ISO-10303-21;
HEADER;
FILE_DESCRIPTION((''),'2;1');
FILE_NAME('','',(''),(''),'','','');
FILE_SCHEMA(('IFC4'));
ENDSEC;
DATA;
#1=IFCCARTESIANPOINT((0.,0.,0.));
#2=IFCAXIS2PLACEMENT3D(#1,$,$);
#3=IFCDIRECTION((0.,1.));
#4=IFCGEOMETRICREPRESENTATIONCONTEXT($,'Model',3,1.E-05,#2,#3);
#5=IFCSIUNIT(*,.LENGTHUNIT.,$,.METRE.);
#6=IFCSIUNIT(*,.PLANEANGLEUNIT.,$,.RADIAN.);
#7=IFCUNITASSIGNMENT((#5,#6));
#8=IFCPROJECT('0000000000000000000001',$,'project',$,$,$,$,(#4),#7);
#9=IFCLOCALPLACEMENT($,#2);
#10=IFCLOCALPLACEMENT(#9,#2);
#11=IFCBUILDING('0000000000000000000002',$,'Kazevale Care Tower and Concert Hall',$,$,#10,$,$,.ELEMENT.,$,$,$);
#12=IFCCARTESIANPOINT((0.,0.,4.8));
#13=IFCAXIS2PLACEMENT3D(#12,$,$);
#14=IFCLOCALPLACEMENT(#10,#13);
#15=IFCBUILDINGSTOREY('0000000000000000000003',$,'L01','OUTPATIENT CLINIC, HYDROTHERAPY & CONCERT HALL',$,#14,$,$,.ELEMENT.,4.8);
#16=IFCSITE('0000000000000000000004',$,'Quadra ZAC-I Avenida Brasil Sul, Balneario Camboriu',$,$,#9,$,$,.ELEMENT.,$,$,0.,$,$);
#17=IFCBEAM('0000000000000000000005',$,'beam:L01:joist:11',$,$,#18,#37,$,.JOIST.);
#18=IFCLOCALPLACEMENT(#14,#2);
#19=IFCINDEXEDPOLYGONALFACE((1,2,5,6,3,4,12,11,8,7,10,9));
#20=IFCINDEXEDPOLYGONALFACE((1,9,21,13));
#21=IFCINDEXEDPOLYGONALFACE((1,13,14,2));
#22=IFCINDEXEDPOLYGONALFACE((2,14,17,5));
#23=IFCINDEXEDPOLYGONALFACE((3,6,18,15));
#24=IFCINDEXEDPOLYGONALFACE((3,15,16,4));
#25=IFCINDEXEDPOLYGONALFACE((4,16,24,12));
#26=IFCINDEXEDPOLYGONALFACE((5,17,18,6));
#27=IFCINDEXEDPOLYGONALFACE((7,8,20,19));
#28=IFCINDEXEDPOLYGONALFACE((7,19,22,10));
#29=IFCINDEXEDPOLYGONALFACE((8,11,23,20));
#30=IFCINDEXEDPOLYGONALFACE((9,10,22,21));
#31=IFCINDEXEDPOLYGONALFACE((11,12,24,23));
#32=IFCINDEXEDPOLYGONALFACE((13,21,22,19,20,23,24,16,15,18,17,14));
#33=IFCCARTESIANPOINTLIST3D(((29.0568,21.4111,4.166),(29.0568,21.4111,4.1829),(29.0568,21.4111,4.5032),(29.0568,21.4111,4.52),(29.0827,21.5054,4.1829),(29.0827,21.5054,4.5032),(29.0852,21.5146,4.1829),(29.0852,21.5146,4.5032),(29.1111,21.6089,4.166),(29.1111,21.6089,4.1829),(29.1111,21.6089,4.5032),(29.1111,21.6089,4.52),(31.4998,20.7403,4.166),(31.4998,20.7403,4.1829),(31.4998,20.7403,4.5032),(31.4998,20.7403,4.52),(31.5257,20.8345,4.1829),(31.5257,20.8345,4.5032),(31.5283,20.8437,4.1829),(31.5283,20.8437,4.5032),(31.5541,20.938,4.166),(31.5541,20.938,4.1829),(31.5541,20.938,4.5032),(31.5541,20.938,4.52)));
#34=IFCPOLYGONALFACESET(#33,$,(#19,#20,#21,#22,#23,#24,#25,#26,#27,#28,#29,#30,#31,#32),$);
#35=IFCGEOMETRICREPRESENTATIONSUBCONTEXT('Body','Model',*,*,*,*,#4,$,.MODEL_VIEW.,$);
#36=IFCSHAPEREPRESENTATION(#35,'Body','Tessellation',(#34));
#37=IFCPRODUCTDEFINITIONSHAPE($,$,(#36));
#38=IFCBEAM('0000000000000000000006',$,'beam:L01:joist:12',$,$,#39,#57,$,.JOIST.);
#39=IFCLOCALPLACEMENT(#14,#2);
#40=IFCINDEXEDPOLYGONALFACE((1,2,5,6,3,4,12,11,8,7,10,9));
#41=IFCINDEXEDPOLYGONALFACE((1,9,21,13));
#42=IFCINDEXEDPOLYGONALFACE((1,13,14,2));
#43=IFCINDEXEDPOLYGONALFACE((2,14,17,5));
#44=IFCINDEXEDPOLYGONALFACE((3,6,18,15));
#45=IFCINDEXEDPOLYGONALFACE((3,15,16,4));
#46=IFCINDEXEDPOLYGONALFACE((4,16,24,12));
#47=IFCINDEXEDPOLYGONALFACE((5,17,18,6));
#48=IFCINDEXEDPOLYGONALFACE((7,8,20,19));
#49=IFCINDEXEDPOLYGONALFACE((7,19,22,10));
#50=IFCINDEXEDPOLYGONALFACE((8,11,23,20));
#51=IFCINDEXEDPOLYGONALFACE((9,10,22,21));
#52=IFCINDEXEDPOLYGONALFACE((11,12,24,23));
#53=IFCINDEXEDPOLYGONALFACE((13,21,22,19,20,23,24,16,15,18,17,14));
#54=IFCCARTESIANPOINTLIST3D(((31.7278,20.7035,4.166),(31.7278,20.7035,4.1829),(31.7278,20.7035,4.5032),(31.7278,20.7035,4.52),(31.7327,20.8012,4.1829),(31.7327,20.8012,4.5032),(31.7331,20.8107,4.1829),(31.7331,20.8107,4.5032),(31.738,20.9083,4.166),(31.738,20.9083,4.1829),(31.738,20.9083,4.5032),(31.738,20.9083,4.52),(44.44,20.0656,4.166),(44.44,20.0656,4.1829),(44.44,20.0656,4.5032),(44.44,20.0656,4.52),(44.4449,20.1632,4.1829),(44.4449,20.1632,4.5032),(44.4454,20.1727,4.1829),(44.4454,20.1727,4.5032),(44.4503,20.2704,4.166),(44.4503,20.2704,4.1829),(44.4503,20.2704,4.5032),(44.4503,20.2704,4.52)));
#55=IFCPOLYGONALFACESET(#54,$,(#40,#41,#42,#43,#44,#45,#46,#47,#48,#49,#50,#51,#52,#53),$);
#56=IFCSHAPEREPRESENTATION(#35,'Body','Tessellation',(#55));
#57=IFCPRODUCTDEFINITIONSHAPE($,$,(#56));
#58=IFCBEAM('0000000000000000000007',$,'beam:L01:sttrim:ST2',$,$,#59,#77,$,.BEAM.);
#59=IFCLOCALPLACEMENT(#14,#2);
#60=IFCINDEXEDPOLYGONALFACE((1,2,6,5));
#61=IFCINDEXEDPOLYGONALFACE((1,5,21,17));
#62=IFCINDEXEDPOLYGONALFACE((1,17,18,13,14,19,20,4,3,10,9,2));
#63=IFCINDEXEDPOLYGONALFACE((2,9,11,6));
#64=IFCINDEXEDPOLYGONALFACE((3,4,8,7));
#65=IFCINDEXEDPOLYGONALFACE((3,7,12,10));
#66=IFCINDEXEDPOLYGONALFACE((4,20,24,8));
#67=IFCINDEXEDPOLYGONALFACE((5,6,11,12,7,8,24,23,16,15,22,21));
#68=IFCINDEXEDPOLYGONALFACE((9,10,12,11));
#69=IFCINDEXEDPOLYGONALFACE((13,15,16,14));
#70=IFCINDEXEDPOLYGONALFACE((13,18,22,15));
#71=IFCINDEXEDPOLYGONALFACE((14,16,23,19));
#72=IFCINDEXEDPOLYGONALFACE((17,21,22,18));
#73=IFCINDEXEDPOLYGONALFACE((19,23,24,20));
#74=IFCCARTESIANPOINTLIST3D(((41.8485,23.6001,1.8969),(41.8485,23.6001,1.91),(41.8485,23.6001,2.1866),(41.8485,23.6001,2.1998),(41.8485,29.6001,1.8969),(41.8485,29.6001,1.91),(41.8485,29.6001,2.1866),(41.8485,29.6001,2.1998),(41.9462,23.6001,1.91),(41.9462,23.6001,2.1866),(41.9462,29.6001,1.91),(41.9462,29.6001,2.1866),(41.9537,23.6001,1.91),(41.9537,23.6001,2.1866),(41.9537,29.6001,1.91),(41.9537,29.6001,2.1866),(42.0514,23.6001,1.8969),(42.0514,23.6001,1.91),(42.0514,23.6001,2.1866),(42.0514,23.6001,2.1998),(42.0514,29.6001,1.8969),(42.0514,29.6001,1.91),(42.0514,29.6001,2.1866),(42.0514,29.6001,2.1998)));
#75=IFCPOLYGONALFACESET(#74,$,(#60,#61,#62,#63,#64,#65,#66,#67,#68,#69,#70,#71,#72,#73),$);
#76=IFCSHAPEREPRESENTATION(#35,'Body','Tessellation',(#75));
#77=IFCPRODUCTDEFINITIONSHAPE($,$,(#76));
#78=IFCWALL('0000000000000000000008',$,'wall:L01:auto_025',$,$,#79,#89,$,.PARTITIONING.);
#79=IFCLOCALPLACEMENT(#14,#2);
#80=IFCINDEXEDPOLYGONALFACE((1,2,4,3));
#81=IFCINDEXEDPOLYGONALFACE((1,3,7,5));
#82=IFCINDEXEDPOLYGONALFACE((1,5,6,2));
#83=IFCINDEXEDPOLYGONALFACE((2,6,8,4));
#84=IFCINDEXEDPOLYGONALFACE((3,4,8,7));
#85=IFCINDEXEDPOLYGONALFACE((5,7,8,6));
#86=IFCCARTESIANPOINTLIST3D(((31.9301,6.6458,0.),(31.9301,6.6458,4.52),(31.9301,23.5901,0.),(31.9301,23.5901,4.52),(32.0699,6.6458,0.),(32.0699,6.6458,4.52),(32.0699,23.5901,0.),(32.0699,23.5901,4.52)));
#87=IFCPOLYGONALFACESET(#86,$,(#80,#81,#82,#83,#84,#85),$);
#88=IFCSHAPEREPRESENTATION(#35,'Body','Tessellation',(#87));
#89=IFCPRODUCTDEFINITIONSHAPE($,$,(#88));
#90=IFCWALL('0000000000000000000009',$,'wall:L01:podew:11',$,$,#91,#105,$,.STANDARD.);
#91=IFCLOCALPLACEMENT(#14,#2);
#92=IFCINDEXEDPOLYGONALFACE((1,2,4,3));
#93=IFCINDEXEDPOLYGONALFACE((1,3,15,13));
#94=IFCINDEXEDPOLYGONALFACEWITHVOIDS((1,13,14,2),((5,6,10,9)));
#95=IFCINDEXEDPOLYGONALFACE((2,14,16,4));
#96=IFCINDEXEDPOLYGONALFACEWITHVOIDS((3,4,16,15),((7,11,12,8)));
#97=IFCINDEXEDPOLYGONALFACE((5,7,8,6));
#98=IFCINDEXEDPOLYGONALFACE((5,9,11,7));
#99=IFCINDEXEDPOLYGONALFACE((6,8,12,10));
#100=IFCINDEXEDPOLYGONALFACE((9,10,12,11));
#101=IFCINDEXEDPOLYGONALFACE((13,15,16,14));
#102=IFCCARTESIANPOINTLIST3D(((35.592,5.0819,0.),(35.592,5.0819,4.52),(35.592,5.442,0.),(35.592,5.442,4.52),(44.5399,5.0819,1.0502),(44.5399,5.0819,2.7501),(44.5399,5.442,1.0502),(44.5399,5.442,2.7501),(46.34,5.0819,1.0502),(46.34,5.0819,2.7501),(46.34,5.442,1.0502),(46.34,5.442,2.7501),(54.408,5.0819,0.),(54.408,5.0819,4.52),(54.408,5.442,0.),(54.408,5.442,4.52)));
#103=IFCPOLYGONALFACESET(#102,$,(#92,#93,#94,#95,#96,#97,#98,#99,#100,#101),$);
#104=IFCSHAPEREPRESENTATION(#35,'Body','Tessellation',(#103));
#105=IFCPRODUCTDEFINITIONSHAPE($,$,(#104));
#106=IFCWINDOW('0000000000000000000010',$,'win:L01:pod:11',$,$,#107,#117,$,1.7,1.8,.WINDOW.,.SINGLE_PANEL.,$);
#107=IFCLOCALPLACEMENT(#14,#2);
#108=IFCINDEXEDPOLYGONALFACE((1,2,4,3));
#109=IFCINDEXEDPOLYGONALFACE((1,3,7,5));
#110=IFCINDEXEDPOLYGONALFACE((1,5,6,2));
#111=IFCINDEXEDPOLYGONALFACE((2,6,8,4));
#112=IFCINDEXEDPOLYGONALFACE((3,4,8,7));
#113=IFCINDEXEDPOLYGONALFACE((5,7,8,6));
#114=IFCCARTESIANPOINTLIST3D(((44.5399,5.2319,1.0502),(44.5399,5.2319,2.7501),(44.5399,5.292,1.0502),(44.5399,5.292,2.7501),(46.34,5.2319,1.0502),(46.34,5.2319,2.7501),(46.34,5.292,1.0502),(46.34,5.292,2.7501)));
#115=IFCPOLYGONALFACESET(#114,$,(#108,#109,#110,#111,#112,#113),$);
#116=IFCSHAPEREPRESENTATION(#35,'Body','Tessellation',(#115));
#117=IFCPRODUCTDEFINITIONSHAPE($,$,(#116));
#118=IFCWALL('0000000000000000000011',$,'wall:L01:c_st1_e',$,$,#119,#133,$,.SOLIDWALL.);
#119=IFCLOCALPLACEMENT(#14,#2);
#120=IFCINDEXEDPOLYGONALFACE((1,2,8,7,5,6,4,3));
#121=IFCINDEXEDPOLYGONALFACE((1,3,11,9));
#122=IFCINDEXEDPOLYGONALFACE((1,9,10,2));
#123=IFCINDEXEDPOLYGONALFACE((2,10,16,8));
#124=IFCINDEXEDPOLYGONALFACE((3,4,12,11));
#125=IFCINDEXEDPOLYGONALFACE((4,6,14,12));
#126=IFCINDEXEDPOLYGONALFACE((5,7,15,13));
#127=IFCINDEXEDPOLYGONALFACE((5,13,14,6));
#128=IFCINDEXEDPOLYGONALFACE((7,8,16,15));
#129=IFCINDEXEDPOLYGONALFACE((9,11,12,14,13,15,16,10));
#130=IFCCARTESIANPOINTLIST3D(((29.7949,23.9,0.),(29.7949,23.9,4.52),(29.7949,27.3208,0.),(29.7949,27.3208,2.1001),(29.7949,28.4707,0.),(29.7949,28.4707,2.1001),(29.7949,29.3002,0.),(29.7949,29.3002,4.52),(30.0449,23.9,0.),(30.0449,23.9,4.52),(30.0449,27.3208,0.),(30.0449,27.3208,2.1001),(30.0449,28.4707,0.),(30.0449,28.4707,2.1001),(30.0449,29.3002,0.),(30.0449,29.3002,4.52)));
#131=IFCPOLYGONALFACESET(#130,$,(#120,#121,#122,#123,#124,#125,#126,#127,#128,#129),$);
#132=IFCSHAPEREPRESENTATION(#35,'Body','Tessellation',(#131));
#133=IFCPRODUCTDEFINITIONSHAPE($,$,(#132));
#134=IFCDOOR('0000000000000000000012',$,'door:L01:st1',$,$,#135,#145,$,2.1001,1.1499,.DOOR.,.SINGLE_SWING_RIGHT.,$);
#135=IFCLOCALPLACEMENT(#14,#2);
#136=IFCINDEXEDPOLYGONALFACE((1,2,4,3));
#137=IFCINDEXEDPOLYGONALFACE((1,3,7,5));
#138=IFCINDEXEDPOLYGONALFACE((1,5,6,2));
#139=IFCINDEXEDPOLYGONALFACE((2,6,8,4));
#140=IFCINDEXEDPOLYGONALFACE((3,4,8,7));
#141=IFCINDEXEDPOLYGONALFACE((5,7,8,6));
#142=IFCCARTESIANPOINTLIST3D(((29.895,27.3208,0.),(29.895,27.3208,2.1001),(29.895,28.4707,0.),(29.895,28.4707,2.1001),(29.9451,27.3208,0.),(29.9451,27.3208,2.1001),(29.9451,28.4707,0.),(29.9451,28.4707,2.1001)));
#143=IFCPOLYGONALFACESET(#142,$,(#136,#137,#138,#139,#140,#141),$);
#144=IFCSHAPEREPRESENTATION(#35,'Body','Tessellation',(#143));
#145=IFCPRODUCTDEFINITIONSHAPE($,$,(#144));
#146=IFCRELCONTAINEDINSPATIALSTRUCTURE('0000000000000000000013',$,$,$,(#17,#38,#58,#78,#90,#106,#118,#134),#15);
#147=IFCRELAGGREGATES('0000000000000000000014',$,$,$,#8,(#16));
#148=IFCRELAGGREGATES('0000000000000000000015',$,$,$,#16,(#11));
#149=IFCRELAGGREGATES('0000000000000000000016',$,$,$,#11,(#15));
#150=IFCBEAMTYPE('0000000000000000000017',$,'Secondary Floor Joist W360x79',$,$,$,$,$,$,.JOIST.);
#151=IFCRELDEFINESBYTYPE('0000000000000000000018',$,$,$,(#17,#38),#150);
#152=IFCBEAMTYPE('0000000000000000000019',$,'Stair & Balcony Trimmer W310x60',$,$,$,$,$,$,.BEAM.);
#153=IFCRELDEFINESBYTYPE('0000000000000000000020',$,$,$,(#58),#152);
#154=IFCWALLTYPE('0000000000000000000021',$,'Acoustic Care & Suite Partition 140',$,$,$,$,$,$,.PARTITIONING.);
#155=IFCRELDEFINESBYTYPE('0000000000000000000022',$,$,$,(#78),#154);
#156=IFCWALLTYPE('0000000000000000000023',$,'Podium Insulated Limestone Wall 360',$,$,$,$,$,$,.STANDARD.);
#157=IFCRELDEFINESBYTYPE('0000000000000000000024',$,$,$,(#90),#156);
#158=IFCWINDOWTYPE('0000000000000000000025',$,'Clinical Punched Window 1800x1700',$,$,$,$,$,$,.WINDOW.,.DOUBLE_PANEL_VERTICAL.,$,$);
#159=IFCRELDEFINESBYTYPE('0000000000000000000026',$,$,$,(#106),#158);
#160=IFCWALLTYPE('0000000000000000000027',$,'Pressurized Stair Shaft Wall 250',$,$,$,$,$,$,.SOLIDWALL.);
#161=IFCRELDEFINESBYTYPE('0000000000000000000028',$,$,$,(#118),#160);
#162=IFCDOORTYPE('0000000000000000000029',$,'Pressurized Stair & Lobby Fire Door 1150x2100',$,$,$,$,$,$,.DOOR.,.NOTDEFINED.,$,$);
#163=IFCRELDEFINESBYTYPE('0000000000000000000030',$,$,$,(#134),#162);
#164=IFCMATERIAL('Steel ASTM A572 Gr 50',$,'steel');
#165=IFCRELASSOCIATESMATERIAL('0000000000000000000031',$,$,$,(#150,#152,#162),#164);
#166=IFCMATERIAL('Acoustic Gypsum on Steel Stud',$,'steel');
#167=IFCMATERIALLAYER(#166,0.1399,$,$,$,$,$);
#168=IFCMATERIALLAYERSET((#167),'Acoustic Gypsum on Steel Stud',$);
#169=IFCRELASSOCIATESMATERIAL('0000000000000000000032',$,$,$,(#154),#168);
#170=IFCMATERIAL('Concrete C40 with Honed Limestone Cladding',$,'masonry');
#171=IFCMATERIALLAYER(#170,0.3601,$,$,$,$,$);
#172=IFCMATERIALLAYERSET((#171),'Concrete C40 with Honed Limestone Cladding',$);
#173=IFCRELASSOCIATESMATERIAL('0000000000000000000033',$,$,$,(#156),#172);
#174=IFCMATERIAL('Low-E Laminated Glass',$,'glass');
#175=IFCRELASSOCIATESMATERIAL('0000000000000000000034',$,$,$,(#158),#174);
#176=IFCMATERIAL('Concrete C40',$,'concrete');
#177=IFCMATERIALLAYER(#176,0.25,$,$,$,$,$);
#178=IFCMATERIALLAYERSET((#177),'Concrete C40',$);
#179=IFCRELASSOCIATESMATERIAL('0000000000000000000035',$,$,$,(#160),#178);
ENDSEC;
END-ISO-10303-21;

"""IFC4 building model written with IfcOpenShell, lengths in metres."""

from ifc_helpers import new_model, si_unit, direction, frame, frame_2d, origin, origin_2d, place, context, subcontext, project, spatial, rectangle, i_section, extrude, material, layer, layer_set, material_profile, profile_set, type_object, element, fill, save


model = new_model("IFC4")

# Units and contexts
model_context = context("Model", 3, precision=1e-05, world=origin(), true_north=direction((0.0, 1.0)))
body_context = subcontext(model_context, "Body", "Model", "MODEL_VIEW")
ifc_project = project(units=[si_unit("LENGTHUNIT", "METRE"), si_unit("PLANEANGLEUNIT", "RADIAN")], contexts=[model_context])

# Site, building, storey
site_placement = place(None, origin())
site = spatial("IfcSite", under=ifc_project, at=site_placement, Name="Quadra ZAC-I Avenida Brasil Sul, Balneario Camboriu", CompositionType="ELEMENT", RefElevation=0.0)
building_placement = place(site_placement, origin())
building = spatial("IfcBuilding", under=site, at=building_placement, Name="Kazevale Care Tower and Concert Hall", CompositionType="ELEMENT")
storey_placement = place(building_placement, frame((0.0, 0.0, 4.8)))
storey = spatial("IfcBuildingStorey", under=building, at=storey_placement, Name="L01", Description="OUTPATIENT CLINIC, HYDROTHERAPY & CONCERT HALL", CompositionType="ELEMENT", Elevation=4.8)

# Beams
ifc_material_1 = material(Name="Steel ASTM A572 Gr 50", Category="steel")
ifc_material_profile_1 = material_profile(ifc_material_1, i_section(OverallWidth=0.2051, OverallDepth=0.354, WebThickness=0.0095, FlangeThickness=0.0168, at=origin_2d()), Name="W360x79")
ifc_profile_set_1 = profile_set([ifc_material_profile_1], Name="Steel ASTM A572 Gr 50")
beam_type_1 = type_object("IfcBeamType", Name="Secondary Floor Joist W360x79", PredefinedType="JOIST", material=ifc_profile_set_1)
beam_1_placement = place(storey_placement, frame((29.084, 21.51, 4.343), z_axis=(0.964302, -0.264805, 0.0), x_axis=(0.264805, 0.964302, 0.0)))
element("IfcBeam", 1, at=beam_1_placement, inside=storey, type_object=beam_type_1, Name="beam:L01:joist:11", PredefinedType="JOIST", context=body_context, shape_type="SweptSolid", body=[
    extrude(i_section(OverallWidth=0.2051, OverallDepth=0.354, WebThickness=0.0095, FlangeThickness=0.0168, at=origin_2d()), origin(), (0.0, 0.0, 1.0), 2.5334),
])
beam_2_placement = place(storey_placement, frame((31.7329, 20.8059, 4.343), z_axis=(0.998743, -0.05012, 0.0), x_axis=(0.05012, 0.998743, 0.0)))
element("IfcBeam", 2, at=beam_2_placement, inside=storey, type_object=beam_type_1, Name="beam:L01:joist:12", PredefinedType="JOIST", context=body_context, shape_type="SweptSolid", body=[
    extrude(i_section(OverallWidth=0.2051, OverallDepth=0.354, WebThickness=0.0095, FlangeThickness=0.0168, at=origin_2d()), origin(), (0.0, 0.0, 1.0), 12.7283),
])
ifc_material_profile_2 = material_profile(ifc_material_1, i_section(OverallWidth=0.2029, OverallDepth=0.303, WebThickness=0.0076, FlangeThickness=0.0132, at=origin_2d()), Name="W310x60")
ifc_profile_set_2 = profile_set([ifc_material_profile_2], Name="Steel ASTM A572 Gr 50")
beam_type_2 = type_object("IfcBeamType", Name="Stair & Balcony Trimmer W310x60", PredefinedType="BEAM", material=ifc_profile_set_2)
beam_3_placement = place(storey_placement, frame((41.95, 23.6001, 2.0483), z_axis=(0.0, 1.0, 0.0), x_axis=(-1.0, 0.0, 0.0)))
element("IfcBeam", 3, at=beam_3_placement, inside=storey, type_object=beam_type_2, Name="beam:L01:sttrim:ST2", PredefinedType="BEAM", context=body_context, shape_type="SweptSolid", body=[
    extrude(i_section(OverallWidth=0.2029, OverallDepth=0.303, WebThickness=0.0076, FlangeThickness=0.0132, at=origin_2d()), origin(), (0.0, 0.0, 1.0), 6.0),
])

# Wall
ifc_material_2 = material(Name="Acoustic Gypsum on Steel Stud", Category="steel")
ifc_layer_1 = layer(ifc_material_2, 0.1399)
ifc_layer_set_1 = layer_set([ifc_layer_1], Name="Acoustic Gypsum on Steel Stud")
wall_type_1 = type_object("IfcWallType", Name="Acoustic Care & Suite Partition 140", PredefinedType="PARTITIONING", material=ifc_layer_set_1)
wall_1_placement = place(storey_placement, frame((32.0, 23.5901, 0.0), z_axis=(0.0, 0.0, 1.0), x_axis=(0.0, -1.0, 0.0)))
element("IfcWall", 4, at=wall_1_placement, inside=storey, type_object=wall_type_1, Name="wall:L01:auto_025", PredefinedType="PARTITIONING", context=body_context, shape_type="SweptSolid", body=[
    extrude(rectangle(XDim=16.9443, YDim=0.1399, at=frame_2d((8.4722, 0.0))), origin(), (0.0, 0.0, 1.0), 4.52),
])

# Wall, opening, window
ifc_material_3 = material(Name="Concrete C40 with Honed Limestone Cladding", Category="masonry")
ifc_layer_2 = layer(ifc_material_3, 0.3601)
ifc_layer_set_2 = layer_set([ifc_layer_2], Name="Concrete C40 with Honed Limestone Cladding")
wall_type_2 = type_object("IfcWallType", Name="Podium Insulated Limestone Wall 360", PredefinedType="STANDARD", material=ifc_layer_set_2)
wall_2_placement = place(storey_placement, frame((35.592, 5.262, 0.0), z_axis=(0.0, 0.0, 1.0), x_axis=(1.0, 0.0, 0.0)))
wall_2 = element("IfcWall", 5, at=wall_2_placement, inside=storey, type_object=wall_type_2, Name="wall:L01:podew:11", PredefinedType="STANDARD", context=body_context, shape_type="SweptSolid", body=[
    extrude(rectangle(XDim=18.8159, YDim=0.3601, at=frame_2d((9.408, 0.0))), origin(), (0.0, 0.0, 1.0), 4.52),
])
opening_1_placement = place(wall_2_placement, frame((8.948, 0.0, 1.05)))
opening_1 = element("IfcOpeningElement", 6, at=opening_1_placement, cuts=wall_2, PredefinedType="OPENING", context=body_context, shape_type="SweptSolid", body=[
    extrude(rectangle(XDim=1.8, YDim=1.7, at=frame_2d((0.8999, 0.8501))), frame((0.0, 0.1899, 0.0), z_axis=(0.0, -1.0, 0.0), x_axis=(1.0, 0.0, 0.0)), (0.0, 0.0, 1.0), 0.3801),
])
ifc_material_4 = material(Name="Low-E Laminated Glass", Category="glass")
window_type = type_object("IfcWindowType", Name="Clinical Punched Window 1800x1700", PartitioningType="DOUBLE_PANEL_VERTICAL", PredefinedType="WINDOW", material=ifc_material_4)
window_placement = place(opening_1_placement, origin())
window = element("IfcWindow", 7, at=window_placement, inside=storey, type_object=window_type, Name="win:L01:pod:11", OverallHeight=1.7, OverallWidth=1.8, PartitioningType="SINGLE_PANEL", PredefinedType="WINDOW", context=body_context, shape_type="SweptSolid", body=[
    extrude(rectangle(XDim=1.8, YDim=1.7, at=frame_2d((0.8999, 0.8501))), frame((0.0, 0.03, 0.0), z_axis=(0.0, -1.0, 0.0), x_axis=(1.0, 0.0, 0.0)), (0.0, 0.0, 1.0), 0.0601),
])
fill(opening_1, window)

# Wall, opening, door
ifc_material_5 = material(Name="Concrete C40", Category="concrete")
ifc_layer_3 = layer(ifc_material_5, 0.25)
ifc_layer_set_3 = layer_set([ifc_layer_3], Name="Concrete C40")
wall_type_3 = type_object("IfcWallType", Name="Pressurized Stair Shaft Wall 250", PredefinedType="SOLIDWALL", material=ifc_layer_set_3)
wall_3_placement = place(storey_placement, frame((29.9199, 23.8999, 0.0), z_axis=(0.0, 0.0, 1.0), x_axis=(0.0, 1.0, 0.0)))
wall_3 = element("IfcWall", 8, at=wall_3_placement, inside=storey, type_object=wall_type_3, Name="wall:L01:c_st1_e", PredefinedType="SOLIDWALL", context=body_context, shape_type="SweptSolid", body=[
    extrude(rectangle(XDim=5.4001, YDim=0.25, at=frame_2d((2.7002, 0.0))), origin(), (0.0, 0.0, 1.0), 4.52),
])
opening_2_placement = place(wall_3_placement, frame((3.4209, 0.0, 0.0)))
opening_2 = element("IfcOpeningElement", 9, at=opening_2_placement, cuts=wall_3, PredefinedType="OPENING", context=body_context, shape_type="SweptSolid", body=[
    extrude(rectangle(XDim=1.1499, YDim=2.1001, at=frame_2d((0.575, 1.05))), frame((0.0, 0.135, 0.0), z_axis=(0.0, -1.0, 0.0), x_axis=(1.0, 0.0, 0.0)), (0.0, 0.0, 1.0), 0.27),
])
door_type = type_object("IfcDoorType", Name="Pressurized Stair & Lobby Fire Door 1150x2100", OperationType="NOTDEFINED", PredefinedType="DOOR", material=ifc_material_1)
door_placement = place(opening_2_placement, origin())
door = element("IfcDoor", 10, at=door_placement, inside=storey, type_object=door_type, Name="door:L01:st1", OperationType="SINGLE_SWING_RIGHT", OverallHeight=2.1001, OverallWidth=1.1499, PredefinedType="DOOR", context=body_context, shape_type="SweptSolid", body=[
    extrude(rectangle(XDim=1.1499, YDim=2.1001, at=frame_2d((0.575, 1.05))), frame((0.0, 0.0249, 0.0), z_axis=(0.0, -1.0, 0.0), x_axis=(1.0, 0.0, 0.0)), (0.0, 0.0, 1.0), 0.05),
])
fill(opening_2, door)

save(model, "model.ifc")
